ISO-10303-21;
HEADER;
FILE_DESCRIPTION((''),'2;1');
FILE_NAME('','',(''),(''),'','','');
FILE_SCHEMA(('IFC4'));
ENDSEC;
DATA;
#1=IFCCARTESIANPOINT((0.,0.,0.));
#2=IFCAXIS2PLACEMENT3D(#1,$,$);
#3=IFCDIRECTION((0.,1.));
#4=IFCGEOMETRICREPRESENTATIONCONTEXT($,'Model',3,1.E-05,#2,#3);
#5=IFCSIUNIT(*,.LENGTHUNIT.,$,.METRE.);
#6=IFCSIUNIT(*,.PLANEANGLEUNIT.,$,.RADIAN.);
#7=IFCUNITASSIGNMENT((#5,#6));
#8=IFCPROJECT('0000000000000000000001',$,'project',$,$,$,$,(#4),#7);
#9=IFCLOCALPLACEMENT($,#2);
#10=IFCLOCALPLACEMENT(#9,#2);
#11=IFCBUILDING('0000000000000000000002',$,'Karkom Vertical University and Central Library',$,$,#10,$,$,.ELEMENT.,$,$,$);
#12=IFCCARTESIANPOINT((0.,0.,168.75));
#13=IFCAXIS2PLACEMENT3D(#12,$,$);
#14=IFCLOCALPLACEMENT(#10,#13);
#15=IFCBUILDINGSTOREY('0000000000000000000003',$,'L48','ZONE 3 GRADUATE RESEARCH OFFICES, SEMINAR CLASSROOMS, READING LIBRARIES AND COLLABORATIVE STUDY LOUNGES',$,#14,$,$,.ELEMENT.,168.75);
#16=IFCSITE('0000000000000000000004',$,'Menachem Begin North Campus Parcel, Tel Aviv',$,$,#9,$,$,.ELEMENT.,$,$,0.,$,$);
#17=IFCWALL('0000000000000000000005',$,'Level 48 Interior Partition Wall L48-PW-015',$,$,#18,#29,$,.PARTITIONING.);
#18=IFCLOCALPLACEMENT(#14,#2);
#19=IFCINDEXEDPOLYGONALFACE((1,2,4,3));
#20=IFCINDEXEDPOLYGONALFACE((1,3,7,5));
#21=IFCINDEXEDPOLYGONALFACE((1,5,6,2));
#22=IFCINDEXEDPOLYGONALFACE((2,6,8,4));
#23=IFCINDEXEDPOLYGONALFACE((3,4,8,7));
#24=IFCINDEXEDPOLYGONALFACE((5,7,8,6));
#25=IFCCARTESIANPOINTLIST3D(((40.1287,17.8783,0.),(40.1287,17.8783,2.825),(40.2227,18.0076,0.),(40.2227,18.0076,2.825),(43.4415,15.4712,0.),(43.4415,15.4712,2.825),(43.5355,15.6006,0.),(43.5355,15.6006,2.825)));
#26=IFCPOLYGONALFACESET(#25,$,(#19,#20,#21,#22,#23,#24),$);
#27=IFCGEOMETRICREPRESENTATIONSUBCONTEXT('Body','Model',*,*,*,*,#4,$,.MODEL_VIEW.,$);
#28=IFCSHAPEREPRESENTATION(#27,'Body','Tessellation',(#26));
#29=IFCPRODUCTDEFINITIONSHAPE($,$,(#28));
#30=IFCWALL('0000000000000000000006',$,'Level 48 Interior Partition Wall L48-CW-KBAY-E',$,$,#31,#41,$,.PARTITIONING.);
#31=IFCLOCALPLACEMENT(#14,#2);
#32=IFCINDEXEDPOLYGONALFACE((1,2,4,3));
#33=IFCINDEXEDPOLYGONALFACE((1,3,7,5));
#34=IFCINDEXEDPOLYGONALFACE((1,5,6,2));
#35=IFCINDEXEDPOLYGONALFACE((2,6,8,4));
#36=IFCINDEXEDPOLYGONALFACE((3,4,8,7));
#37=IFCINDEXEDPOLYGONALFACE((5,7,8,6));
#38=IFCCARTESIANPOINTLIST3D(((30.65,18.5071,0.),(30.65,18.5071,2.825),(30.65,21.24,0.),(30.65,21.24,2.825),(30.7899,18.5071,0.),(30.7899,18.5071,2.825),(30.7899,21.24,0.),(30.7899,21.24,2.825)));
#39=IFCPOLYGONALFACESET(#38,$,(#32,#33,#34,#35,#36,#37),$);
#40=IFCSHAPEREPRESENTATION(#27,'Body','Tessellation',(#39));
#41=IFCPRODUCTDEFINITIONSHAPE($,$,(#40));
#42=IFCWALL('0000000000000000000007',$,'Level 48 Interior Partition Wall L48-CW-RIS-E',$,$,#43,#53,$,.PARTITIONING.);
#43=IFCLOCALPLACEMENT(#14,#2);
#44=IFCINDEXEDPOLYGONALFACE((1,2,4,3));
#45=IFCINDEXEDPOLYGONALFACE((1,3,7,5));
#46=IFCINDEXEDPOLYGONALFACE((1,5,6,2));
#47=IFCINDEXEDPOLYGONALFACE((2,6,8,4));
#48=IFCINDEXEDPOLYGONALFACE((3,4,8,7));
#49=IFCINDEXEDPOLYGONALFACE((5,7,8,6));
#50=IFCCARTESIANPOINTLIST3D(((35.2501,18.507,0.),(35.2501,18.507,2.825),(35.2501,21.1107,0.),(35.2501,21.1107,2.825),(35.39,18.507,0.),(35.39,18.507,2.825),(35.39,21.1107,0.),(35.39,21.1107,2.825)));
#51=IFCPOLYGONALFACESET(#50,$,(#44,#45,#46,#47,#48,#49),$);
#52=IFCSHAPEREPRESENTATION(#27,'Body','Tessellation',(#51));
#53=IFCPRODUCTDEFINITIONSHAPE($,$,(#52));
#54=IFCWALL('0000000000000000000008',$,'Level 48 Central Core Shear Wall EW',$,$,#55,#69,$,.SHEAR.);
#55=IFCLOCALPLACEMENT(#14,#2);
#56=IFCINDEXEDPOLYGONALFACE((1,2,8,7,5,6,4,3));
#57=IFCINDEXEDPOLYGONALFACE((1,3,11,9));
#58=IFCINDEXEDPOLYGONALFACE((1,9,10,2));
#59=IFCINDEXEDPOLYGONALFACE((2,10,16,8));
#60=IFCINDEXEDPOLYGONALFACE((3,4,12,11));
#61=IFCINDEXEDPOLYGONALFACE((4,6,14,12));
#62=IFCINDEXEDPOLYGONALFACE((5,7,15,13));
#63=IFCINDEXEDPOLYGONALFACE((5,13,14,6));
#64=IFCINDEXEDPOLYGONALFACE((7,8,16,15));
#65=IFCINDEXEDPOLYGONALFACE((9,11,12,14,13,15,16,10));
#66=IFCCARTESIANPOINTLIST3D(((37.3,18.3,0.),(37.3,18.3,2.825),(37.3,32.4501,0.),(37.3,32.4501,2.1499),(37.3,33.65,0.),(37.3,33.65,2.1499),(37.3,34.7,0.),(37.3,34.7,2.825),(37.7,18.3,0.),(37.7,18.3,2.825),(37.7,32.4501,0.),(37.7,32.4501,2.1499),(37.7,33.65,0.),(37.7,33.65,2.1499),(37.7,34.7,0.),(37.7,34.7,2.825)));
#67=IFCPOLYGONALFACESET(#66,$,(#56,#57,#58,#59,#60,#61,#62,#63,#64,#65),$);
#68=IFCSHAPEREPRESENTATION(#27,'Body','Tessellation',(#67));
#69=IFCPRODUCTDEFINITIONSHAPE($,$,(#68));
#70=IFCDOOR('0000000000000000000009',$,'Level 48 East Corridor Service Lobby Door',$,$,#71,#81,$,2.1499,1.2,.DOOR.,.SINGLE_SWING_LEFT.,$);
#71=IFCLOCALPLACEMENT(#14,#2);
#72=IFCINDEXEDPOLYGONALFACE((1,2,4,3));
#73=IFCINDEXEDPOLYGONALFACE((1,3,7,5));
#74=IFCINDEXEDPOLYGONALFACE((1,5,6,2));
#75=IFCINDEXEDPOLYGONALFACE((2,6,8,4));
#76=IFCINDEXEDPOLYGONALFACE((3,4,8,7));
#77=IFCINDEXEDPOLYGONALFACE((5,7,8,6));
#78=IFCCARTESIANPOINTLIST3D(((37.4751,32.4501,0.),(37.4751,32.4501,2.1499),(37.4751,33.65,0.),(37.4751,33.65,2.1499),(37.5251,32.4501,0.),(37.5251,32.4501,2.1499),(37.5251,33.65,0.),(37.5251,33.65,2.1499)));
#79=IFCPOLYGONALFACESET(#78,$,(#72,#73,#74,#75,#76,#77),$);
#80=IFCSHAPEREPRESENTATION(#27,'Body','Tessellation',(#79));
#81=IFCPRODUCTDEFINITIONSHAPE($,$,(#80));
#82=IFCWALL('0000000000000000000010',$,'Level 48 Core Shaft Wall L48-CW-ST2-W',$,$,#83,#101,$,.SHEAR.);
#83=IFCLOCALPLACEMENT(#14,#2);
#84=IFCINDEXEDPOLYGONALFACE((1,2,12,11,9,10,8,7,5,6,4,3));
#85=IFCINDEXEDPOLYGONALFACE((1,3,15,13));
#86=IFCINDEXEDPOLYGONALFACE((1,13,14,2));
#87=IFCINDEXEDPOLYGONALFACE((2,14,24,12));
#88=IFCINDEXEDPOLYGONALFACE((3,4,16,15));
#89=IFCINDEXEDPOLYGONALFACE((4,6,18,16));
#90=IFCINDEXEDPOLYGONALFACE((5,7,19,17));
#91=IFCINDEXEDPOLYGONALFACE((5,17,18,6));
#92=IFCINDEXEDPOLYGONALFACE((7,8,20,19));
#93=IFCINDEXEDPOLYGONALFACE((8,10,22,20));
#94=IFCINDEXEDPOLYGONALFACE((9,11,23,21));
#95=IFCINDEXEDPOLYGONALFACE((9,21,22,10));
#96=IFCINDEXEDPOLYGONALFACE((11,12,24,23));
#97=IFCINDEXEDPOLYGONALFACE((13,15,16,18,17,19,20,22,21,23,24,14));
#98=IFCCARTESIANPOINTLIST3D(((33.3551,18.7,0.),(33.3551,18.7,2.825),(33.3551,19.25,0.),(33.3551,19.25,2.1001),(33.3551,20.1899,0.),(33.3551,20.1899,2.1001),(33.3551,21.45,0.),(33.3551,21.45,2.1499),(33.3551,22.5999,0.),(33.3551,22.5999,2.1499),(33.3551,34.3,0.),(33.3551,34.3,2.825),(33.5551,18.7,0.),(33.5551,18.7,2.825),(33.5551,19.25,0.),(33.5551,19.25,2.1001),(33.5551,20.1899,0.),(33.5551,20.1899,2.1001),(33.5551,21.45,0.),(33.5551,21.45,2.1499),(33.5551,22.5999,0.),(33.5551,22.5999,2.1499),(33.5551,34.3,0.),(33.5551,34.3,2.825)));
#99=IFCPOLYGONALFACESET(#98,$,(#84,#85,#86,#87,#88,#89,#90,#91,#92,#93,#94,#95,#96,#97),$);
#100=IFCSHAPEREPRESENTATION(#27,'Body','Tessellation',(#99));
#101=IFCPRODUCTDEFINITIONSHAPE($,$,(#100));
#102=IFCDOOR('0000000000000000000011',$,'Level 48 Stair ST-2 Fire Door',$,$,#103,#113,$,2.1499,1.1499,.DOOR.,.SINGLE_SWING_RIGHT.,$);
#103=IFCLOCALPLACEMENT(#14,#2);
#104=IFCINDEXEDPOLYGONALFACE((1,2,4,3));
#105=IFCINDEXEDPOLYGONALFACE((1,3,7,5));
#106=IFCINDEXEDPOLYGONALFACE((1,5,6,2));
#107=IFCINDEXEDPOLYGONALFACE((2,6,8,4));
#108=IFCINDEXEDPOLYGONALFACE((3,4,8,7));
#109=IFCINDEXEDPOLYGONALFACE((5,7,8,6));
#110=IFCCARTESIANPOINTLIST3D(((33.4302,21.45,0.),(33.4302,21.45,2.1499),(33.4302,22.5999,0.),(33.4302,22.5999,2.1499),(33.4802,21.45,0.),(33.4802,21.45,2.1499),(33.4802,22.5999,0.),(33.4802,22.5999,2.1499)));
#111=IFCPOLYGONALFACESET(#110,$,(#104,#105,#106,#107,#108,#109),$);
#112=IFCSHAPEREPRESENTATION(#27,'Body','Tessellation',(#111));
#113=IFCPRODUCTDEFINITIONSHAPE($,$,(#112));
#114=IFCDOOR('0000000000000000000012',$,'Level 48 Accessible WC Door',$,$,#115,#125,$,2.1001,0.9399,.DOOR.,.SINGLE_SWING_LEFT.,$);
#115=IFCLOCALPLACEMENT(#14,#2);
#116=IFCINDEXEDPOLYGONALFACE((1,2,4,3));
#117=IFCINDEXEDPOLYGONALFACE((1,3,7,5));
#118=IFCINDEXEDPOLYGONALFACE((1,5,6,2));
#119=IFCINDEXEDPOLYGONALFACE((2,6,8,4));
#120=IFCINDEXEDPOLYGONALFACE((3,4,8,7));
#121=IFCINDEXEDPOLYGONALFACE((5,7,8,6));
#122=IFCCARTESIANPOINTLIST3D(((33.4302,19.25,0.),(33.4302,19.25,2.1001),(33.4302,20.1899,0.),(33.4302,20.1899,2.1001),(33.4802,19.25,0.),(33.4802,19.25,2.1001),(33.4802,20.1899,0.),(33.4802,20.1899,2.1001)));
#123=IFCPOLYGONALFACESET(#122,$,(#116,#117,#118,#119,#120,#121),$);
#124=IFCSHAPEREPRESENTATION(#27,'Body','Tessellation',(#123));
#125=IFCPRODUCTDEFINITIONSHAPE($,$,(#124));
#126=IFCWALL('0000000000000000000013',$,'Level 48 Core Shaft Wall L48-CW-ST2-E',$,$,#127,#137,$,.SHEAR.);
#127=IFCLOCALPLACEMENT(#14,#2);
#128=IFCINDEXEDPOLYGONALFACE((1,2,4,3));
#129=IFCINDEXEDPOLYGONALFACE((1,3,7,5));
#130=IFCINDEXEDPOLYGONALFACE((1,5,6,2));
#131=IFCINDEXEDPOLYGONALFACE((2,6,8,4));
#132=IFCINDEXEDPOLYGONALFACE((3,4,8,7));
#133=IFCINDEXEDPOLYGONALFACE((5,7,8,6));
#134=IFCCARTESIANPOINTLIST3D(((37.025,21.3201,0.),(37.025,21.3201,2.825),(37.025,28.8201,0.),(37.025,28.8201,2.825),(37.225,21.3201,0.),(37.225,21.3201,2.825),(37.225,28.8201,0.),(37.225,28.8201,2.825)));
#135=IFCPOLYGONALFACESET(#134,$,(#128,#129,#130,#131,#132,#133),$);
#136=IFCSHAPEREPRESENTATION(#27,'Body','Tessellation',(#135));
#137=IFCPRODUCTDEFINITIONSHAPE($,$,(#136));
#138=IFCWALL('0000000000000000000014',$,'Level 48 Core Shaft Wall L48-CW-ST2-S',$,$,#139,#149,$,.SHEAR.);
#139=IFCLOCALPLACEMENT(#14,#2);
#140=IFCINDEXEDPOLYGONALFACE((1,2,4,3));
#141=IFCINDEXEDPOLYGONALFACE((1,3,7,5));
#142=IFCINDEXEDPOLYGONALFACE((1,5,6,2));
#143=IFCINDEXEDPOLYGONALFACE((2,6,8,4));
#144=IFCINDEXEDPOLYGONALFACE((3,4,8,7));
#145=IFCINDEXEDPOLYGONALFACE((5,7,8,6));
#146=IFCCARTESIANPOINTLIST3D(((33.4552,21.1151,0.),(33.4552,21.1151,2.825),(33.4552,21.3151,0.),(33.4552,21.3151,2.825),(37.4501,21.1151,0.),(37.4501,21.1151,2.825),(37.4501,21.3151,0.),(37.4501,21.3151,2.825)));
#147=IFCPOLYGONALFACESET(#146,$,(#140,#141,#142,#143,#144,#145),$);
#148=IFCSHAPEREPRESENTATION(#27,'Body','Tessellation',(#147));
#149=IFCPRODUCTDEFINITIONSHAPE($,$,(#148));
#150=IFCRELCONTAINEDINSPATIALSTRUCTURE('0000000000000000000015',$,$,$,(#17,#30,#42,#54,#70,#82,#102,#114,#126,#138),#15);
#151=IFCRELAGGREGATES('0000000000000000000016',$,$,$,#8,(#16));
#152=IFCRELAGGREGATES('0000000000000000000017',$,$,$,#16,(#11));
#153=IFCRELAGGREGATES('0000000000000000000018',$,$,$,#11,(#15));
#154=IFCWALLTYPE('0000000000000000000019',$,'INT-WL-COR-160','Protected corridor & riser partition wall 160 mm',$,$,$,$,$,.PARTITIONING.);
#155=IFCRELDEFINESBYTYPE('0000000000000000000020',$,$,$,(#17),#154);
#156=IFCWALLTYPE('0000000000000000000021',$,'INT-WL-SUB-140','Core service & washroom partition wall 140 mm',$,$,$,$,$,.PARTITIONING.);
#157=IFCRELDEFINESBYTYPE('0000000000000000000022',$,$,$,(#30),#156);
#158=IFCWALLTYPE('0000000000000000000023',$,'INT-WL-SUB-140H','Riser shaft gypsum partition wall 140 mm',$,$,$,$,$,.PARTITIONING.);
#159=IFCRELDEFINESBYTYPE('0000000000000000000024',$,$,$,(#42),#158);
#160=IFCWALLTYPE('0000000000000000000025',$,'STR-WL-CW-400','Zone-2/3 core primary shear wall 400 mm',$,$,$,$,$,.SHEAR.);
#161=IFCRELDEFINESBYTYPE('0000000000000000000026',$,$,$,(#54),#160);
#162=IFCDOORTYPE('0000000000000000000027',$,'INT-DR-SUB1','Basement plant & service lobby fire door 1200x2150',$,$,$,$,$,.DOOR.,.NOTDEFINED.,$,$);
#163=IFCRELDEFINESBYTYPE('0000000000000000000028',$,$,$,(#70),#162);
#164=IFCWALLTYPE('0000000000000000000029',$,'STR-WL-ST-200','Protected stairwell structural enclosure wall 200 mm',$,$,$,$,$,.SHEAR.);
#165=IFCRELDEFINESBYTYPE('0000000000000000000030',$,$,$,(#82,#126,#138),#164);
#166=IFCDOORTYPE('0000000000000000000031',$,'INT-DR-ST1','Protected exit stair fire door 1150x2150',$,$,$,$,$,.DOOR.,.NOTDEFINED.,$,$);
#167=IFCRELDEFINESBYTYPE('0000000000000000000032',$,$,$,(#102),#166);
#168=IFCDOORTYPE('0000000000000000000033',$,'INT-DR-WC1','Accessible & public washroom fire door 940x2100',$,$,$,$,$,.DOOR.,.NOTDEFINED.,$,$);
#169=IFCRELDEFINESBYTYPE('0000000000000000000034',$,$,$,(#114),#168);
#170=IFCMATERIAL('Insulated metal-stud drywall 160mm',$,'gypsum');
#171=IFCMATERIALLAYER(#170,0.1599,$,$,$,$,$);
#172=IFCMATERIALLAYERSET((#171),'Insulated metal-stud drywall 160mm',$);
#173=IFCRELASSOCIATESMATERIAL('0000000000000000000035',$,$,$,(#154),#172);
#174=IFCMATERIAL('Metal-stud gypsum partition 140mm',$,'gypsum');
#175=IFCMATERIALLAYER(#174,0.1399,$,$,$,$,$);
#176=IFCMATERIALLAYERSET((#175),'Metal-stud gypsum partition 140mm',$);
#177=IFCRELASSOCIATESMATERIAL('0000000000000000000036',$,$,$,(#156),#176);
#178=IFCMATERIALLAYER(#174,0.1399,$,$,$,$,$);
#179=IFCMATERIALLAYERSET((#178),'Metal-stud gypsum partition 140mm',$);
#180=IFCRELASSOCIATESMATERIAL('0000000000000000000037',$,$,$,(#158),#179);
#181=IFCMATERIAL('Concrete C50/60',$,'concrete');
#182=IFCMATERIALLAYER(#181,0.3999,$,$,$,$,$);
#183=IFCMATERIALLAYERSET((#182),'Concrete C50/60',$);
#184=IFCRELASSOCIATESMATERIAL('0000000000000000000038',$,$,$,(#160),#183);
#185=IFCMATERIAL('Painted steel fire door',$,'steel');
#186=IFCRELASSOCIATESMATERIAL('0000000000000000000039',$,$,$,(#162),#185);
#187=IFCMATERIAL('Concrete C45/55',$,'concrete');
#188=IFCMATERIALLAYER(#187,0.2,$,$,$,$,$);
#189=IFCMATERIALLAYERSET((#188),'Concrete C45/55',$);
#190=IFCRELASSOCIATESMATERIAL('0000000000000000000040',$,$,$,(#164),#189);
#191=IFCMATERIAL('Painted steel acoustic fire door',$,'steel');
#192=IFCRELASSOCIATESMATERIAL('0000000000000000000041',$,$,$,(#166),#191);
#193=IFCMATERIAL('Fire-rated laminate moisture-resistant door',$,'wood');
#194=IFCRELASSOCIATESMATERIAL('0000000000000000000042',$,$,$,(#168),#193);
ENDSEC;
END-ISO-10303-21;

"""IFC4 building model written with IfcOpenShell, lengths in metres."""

from ifc_helpers import new_model, si_unit, direction, frame, frame_2d, origin, origin_with_axes, place, context, subcontext, project, spatial, rectangle, extrude, source, transform, mapped, material, layer, layer_set, type_object, element, fill, save


model = new_model("IFC4")

# Units and contexts
model_context = context("Model", 3, precision=1e-05, world=origin(), true_north=direction((0.0, 1.0)))
body_context = subcontext(model_context, "Body", "Model", "MODEL_VIEW")
ifc_project = project(units=[si_unit("LENGTHUNIT", "METRE"), si_unit("PLANEANGLEUNIT", "RADIAN")], contexts=[model_context])

# Site, building, storey
site_placement = place(None, origin())
site = spatial("IfcSite", under=ifc_project, at=site_placement, Name="Menachem Begin North Campus Parcel, Tel Aviv", CompositionType="ELEMENT", RefElevation=0.0)
building_placement = place(site_placement, origin())
building = spatial("IfcBuilding", under=site, at=building_placement, Name="Karkom Vertical University and Central Library", CompositionType="ELEMENT")
storey_placement = place(building_placement, frame((0.0, 0.0, 168.75)))
storey = spatial("IfcBuildingStorey", under=building, at=storey_placement, Name="L48", Description="ZONE 3 GRADUATE RESEARCH OFFICES, SEMINAR CLASSROOMS, READING LIBRARIES AND COLLABORATIVE STUDY LOUNGES", CompositionType="ELEMENT", Elevation=168.75)

# Shared definitions
ifc_material_1 = material(Name="Concrete C50/60", Category="concrete")

# Walls
ifc_material_2 = material(Name="Insulated metal-stud drywall 160mm", Category="gypsum")
ifc_layer_1 = layer(ifc_material_2, 0.1599)
ifc_layer_set_1 = layer_set([ifc_layer_1], Name="Insulated metal-stud drywall 160mm")
wall_type_1 = type_object("IfcWallType", Name="INT-WL-COR-160", Description="Protected corridor & riser partition wall 160 mm", PredefinedType="PARTITIONING", material=ifc_layer_set_1)
wall_1_placement = place(storey_placement, frame((40.1758, 17.9429, 0.0), z_axis=(0.0, 0.0, 1.0), x_axis=(0.809002, -0.587806, 0.0)))
element("IfcWall", 1, at=wall_1_placement, inside=storey, type_object=wall_type_1, Name="Level 48 Interior Partition Wall L48-PW-015", PredefinedType="PARTITIONING", context=body_context, shape_type="SweptSolid", body=[
    extrude(rectangle(XDim=4.095, YDim=0.1599, at=frame_2d((2.0474, 0.0))), origin(), (0.0, 0.0, 1.0), 2.825),
])
ifc_material_3 = material(Name="Metal-stud gypsum partition 140mm", Category="gypsum")
ifc_layer_2 = layer(ifc_material_3, 0.1399)
ifc_layer_set_2 = layer_set([ifc_layer_2], Name="Metal-stud gypsum partition 140mm")
wall_type_2 = type_object("IfcWallType", Name="INT-WL-SUB-140", Description="Core service & washroom partition wall 140 mm", PredefinedType="PARTITIONING", material=ifc_layer_set_2)
wall_2_placement = place(storey_placement, frame((30.72, 18.5071, 0.0), z_axis=(0.0, 0.0, 1.0), x_axis=(0.0, 1.0, 0.0)))
element("IfcWall", 2, at=wall_2_placement, inside=storey, type_object=wall_type_2, Name="Level 48 Interior Partition Wall L48-CW-KBAY-E", PredefinedType="PARTITIONING", context=body_context, shape_type="SweptSolid", body=[
    extrude(rectangle(XDim=2.7329, YDim=0.1399, at=frame_2d((1.3665, 0.0))), origin(), (0.0, 0.0, 1.0), 2.825),
])
ifc_layer_3 = layer(ifc_material_3, 0.1399)
ifc_layer_set_3 = layer_set([ifc_layer_3], Name="Metal-stud gypsum partition 140mm")
wall_type_3 = type_object("IfcWallType", Name="INT-WL-SUB-140H", Description="Riser shaft gypsum partition wall 140 mm", PredefinedType="PARTITIONING", material=ifc_layer_set_3)
wall_3_placement = place(storey_placement, frame((35.3201, 18.5071, 0.0), z_axis=(0.0, 0.0, 1.0), x_axis=(0.0, 1.0, 0.0)))
element("IfcWall", 3, at=wall_3_placement, inside=storey, type_object=wall_type_3, Name="Level 48 Interior Partition Wall L48-CW-RIS-E", PredefinedType="PARTITIONING", context=body_context, shape_type="SweptSolid", body=[
    extrude(rectangle(XDim=2.6038, YDim=0.1399, at=frame_2d((1.3018, 0.0))), origin(), (0.0, 0.0, 1.0), 2.825),
])

# Wall, opening, door
ifc_layer_4 = layer(ifc_material_1, 0.3999)
ifc_layer_set_4 = layer_set([ifc_layer_4], Name="Concrete C50/60")
wall_type_4 = type_object("IfcWallType", Name="STR-WL-CW-400", Description="Zone-2/3 core primary shear wall 400 mm", PredefinedType="SHEAR", material=ifc_layer_set_4)
wall_4_placement = place(storey_placement, frame((37.5, 18.3, 0.0), z_axis=(0.0, 0.0, 1.0), x_axis=(0.0, 1.0, 0.0)))
wall_4 = element("IfcWall", 4, at=wall_4_placement, inside=storey, type_object=wall_type_4, Name="Level 48 Central Core Shear Wall EW", PredefinedType="SHEAR", context=body_context, shape_type="SweptSolid", body=[
    extrude(rectangle(XDim=16.3999, YDim=0.3999, at=frame_2d((8.2, 0.0))), origin(), (0.0, 0.0, 1.0), 2.825),
])
opening_1_placement = place(wall_4_placement, frame((14.1499, 0.0, 0.0)))
opening_1 = element("IfcOpeningElement", 5, at=opening_1_placement, cuts=wall_4, PredefinedType="OPENING", context=body_context, shape_type="SweptSolid", body=[
    extrude(rectangle(XDim=1.2, YDim=2.1499, at=frame_2d((0.6001, 1.075))), frame((0.0, 0.21, 0.0), z_axis=(0.0, -1.0, 0.0), x_axis=(1.0, 0.0, 0.0)), (0.0, 0.0, 1.0), 0.4199),
])
ifc_material_4 = material(Name="Painted steel fire door", Category="steel")
door_type_1 = type_object("IfcDoorType", Name="INT-DR-SUB1", Description="Basement plant & service lobby fire door 1200x2150", OperationType="NOTDEFINED", PredefinedType="DOOR", material=ifc_material_4)
shared_shape_1 = source(origin_with_axes(), body_context, "Body", "SweptSolid", [
    extrude(rectangle(XDim=1.2, YDim=2.1499, at=frame_2d((0.6001, 1.075))), frame((0.0, 0.0249, 0.0), z_axis=(0.0, -1.0, 0.0), x_axis=(1.0, 0.0, 0.0)), (0.0, 0.0, 1.0), 0.05),
])
door_1_placement = place(opening_1_placement, origin())
door_1 = element("IfcDoor", 6, at=door_1_placement, inside=storey, type_object=door_type_1, Name="Level 48 East Corridor Service Lobby Door", OperationType="SINGLE_SWING_LEFT", OverallHeight=2.1499, OverallWidth=1.2, PredefinedType="DOOR", context=body_context, shape_type="MappedRepresentation", body=[
    mapped(shared_shape_1, transform((0.0, 0.0, 0.0), scale=1.0)),
])
fill(opening_1, door_1)

# Wall, openings, doors
ifc_material_5 = material(Name="Concrete C45/55", Category="concrete")
ifc_layer_5 = layer(ifc_material_5, 0.2)
ifc_layer_set_5 = layer_set([ifc_layer_5], Name="Concrete C45/55")
wall_type_5 = type_object("IfcWallType", Name="STR-WL-ST-200", Description="Protected stairwell structural enclosure wall 200 mm", PredefinedType="SHEAR", material=ifc_layer_set_5)
wall_5_placement = place(storey_placement, frame((33.4551, 18.7, 0.0), z_axis=(0.0, 0.0, 1.0), x_axis=(0.0, 1.0, 0.0)))
wall_5 = element("IfcWall", 7, at=wall_5_placement, inside=storey, type_object=wall_type_5, Name="Level 48 Core Shaft Wall L48-CW-ST2-W", PredefinedType="SHEAR", context=body_context, shape_type="SweptSolid", body=[
    extrude(rectangle(XDim=15.6001, YDim=0.2, at=frame_2d((7.8, 0.0))), origin(), (0.0, 0.0, 1.0), 2.825),
])
opening_2_placement = place(wall_5_placement, frame((2.75, 0.0, 0.0)))
opening_2 = element("IfcOpeningElement", 8, at=opening_2_placement, cuts=wall_5, PredefinedType="OPENING", context=body_context, shape_type="SweptSolid", body=[
    extrude(rectangle(XDim=1.1499, YDim=2.1499, at=frame_2d((0.575, 1.075))), frame((0.0, 0.1099, 0.0), z_axis=(0.0, -1.0, 0.0), x_axis=(1.0, 0.0, 0.0)), (0.0, 0.0, 1.0), 0.22),
])
opening_3_placement = place(wall_5_placement, frame((0.55, 0.0, 0.0)))
opening_3 = element("IfcOpeningElement", 9, at=opening_3_placement, cuts=wall_5, PredefinedType="OPENING", context=body_context, shape_type="SweptSolid", body=[
    extrude(rectangle(XDim=0.9399, YDim=2.1001, at=frame_2d((0.47, 1.05))), frame((0.0, 0.1099, 0.0), z_axis=(0.0, -1.0, 0.0), x_axis=(1.0, 0.0, 0.0)), (0.0, 0.0, 1.0), 0.22),
])
ifc_material_6 = material(Name="Painted steel acoustic fire door", Category="steel")
door_type_2 = type_object("IfcDoorType", Name="INT-DR-ST1", Description="Protected exit stair fire door 1150x2150", OperationType="NOTDEFINED", PredefinedType="DOOR", material=ifc_material_6)
shared_shape_2 = source(origin_with_axes(), body_context, "Body", "SweptSolid", [
    extrude(rectangle(XDim=1.1499, YDim=2.1499, at=frame_2d((0.575, 1.075))), frame((0.0, 0.0249, 0.0), z_axis=(0.0, -1.0, 0.0), x_axis=(1.0, 0.0, 0.0)), (0.0, 0.0, 1.0), 0.05),
])
door_2_placement = place(opening_2_placement, origin())
door_2 = element("IfcDoor", 10, at=door_2_placement, inside=storey, type_object=door_type_2, Name="Level 48 Stair ST-2 Fire Door", OperationType="SINGLE_SWING_RIGHT", OverallHeight=2.1499, OverallWidth=1.1499, PredefinedType="DOOR", context=body_context, shape_type="MappedRepresentation", body=[
    mapped(shared_shape_2, transform((0.0, 0.0, 0.0), scale=1.0)),
])
fill(opening_2, door_2)
ifc_material_7 = material(Name="Fire-rated laminate moisture-resistant door", Category="wood")
door_type_3 = type_object("IfcDoorType", Name="INT-DR-WC1", Description="Accessible & public washroom fire door 940x2100", OperationType="NOTDEFINED", PredefinedType="DOOR", material=ifc_material_7)
shared_shape_3 = source(origin_with_axes(), body_context, "Body", "SweptSolid", [
    extrude(rectangle(XDim=0.9399, YDim=2.1001, at=frame_2d((0.47, 1.05))), frame((0.0, 0.0249, 0.0), z_axis=(0.0, -1.0, 0.0), x_axis=(1.0, 0.0, 0.0)), (0.0, 0.0, 1.0), 0.05),
])
door_3_placement = place(opening_3_placement, origin())
door_3 = element("IfcDoor", 11, at=door_3_placement, inside=storey, type_object=door_type_3, Name="Level 48 Accessible WC Door", OperationType="SINGLE_SWING_LEFT", OverallHeight=2.1001, OverallWidth=0.9399, PredefinedType="DOOR", context=body_context, shape_type="MappedRepresentation", body=[
    mapped(shared_shape_3, transform((0.0, 0.0, 0.0), scale=1.0)),
])
fill(opening_3, door_3)

# Walls
wall_6_placement = place(storey_placement, frame((37.125, 21.3201, 0.0), z_axis=(0.0, 0.0, 1.0), x_axis=(0.0, 1.0, 0.0)))
element("IfcWall", 12, at=wall_6_placement, inside=storey, type_object=wall_type_5, Name="Level 48 Core Shaft Wall L48-CW-ST2-E", PredefinedType="SHEAR", context=body_context, shape_type="SweptSolid", body=[
    extrude(rectangle(XDim=7.5, YDim=0.2, at=frame_2d((3.75, 0.0))), origin(), (0.0, 0.0, 1.0), 2.825),
])
wall_7_placement = place(storey_placement, frame((33.4551, 21.2151, 0.0), z_axis=(0.0, 0.0, 1.0), x_axis=(1.0, 0.0, 0.0)))
element("IfcWall", 13, at=wall_7_placement, inside=storey, type_object=wall_type_5, Name="Level 48 Core Shaft Wall L48-CW-ST2-S", PredefinedType="SHEAR", context=body_context, shape_type="SweptSolid", body=[
    extrude(rectangle(XDim=3.9949, YDim=0.2, at=frame_2d((1.9976, 0.0))), origin(), (0.0, 0.0, 1.0), 2.825),
])

save(model, "model.ifc")
